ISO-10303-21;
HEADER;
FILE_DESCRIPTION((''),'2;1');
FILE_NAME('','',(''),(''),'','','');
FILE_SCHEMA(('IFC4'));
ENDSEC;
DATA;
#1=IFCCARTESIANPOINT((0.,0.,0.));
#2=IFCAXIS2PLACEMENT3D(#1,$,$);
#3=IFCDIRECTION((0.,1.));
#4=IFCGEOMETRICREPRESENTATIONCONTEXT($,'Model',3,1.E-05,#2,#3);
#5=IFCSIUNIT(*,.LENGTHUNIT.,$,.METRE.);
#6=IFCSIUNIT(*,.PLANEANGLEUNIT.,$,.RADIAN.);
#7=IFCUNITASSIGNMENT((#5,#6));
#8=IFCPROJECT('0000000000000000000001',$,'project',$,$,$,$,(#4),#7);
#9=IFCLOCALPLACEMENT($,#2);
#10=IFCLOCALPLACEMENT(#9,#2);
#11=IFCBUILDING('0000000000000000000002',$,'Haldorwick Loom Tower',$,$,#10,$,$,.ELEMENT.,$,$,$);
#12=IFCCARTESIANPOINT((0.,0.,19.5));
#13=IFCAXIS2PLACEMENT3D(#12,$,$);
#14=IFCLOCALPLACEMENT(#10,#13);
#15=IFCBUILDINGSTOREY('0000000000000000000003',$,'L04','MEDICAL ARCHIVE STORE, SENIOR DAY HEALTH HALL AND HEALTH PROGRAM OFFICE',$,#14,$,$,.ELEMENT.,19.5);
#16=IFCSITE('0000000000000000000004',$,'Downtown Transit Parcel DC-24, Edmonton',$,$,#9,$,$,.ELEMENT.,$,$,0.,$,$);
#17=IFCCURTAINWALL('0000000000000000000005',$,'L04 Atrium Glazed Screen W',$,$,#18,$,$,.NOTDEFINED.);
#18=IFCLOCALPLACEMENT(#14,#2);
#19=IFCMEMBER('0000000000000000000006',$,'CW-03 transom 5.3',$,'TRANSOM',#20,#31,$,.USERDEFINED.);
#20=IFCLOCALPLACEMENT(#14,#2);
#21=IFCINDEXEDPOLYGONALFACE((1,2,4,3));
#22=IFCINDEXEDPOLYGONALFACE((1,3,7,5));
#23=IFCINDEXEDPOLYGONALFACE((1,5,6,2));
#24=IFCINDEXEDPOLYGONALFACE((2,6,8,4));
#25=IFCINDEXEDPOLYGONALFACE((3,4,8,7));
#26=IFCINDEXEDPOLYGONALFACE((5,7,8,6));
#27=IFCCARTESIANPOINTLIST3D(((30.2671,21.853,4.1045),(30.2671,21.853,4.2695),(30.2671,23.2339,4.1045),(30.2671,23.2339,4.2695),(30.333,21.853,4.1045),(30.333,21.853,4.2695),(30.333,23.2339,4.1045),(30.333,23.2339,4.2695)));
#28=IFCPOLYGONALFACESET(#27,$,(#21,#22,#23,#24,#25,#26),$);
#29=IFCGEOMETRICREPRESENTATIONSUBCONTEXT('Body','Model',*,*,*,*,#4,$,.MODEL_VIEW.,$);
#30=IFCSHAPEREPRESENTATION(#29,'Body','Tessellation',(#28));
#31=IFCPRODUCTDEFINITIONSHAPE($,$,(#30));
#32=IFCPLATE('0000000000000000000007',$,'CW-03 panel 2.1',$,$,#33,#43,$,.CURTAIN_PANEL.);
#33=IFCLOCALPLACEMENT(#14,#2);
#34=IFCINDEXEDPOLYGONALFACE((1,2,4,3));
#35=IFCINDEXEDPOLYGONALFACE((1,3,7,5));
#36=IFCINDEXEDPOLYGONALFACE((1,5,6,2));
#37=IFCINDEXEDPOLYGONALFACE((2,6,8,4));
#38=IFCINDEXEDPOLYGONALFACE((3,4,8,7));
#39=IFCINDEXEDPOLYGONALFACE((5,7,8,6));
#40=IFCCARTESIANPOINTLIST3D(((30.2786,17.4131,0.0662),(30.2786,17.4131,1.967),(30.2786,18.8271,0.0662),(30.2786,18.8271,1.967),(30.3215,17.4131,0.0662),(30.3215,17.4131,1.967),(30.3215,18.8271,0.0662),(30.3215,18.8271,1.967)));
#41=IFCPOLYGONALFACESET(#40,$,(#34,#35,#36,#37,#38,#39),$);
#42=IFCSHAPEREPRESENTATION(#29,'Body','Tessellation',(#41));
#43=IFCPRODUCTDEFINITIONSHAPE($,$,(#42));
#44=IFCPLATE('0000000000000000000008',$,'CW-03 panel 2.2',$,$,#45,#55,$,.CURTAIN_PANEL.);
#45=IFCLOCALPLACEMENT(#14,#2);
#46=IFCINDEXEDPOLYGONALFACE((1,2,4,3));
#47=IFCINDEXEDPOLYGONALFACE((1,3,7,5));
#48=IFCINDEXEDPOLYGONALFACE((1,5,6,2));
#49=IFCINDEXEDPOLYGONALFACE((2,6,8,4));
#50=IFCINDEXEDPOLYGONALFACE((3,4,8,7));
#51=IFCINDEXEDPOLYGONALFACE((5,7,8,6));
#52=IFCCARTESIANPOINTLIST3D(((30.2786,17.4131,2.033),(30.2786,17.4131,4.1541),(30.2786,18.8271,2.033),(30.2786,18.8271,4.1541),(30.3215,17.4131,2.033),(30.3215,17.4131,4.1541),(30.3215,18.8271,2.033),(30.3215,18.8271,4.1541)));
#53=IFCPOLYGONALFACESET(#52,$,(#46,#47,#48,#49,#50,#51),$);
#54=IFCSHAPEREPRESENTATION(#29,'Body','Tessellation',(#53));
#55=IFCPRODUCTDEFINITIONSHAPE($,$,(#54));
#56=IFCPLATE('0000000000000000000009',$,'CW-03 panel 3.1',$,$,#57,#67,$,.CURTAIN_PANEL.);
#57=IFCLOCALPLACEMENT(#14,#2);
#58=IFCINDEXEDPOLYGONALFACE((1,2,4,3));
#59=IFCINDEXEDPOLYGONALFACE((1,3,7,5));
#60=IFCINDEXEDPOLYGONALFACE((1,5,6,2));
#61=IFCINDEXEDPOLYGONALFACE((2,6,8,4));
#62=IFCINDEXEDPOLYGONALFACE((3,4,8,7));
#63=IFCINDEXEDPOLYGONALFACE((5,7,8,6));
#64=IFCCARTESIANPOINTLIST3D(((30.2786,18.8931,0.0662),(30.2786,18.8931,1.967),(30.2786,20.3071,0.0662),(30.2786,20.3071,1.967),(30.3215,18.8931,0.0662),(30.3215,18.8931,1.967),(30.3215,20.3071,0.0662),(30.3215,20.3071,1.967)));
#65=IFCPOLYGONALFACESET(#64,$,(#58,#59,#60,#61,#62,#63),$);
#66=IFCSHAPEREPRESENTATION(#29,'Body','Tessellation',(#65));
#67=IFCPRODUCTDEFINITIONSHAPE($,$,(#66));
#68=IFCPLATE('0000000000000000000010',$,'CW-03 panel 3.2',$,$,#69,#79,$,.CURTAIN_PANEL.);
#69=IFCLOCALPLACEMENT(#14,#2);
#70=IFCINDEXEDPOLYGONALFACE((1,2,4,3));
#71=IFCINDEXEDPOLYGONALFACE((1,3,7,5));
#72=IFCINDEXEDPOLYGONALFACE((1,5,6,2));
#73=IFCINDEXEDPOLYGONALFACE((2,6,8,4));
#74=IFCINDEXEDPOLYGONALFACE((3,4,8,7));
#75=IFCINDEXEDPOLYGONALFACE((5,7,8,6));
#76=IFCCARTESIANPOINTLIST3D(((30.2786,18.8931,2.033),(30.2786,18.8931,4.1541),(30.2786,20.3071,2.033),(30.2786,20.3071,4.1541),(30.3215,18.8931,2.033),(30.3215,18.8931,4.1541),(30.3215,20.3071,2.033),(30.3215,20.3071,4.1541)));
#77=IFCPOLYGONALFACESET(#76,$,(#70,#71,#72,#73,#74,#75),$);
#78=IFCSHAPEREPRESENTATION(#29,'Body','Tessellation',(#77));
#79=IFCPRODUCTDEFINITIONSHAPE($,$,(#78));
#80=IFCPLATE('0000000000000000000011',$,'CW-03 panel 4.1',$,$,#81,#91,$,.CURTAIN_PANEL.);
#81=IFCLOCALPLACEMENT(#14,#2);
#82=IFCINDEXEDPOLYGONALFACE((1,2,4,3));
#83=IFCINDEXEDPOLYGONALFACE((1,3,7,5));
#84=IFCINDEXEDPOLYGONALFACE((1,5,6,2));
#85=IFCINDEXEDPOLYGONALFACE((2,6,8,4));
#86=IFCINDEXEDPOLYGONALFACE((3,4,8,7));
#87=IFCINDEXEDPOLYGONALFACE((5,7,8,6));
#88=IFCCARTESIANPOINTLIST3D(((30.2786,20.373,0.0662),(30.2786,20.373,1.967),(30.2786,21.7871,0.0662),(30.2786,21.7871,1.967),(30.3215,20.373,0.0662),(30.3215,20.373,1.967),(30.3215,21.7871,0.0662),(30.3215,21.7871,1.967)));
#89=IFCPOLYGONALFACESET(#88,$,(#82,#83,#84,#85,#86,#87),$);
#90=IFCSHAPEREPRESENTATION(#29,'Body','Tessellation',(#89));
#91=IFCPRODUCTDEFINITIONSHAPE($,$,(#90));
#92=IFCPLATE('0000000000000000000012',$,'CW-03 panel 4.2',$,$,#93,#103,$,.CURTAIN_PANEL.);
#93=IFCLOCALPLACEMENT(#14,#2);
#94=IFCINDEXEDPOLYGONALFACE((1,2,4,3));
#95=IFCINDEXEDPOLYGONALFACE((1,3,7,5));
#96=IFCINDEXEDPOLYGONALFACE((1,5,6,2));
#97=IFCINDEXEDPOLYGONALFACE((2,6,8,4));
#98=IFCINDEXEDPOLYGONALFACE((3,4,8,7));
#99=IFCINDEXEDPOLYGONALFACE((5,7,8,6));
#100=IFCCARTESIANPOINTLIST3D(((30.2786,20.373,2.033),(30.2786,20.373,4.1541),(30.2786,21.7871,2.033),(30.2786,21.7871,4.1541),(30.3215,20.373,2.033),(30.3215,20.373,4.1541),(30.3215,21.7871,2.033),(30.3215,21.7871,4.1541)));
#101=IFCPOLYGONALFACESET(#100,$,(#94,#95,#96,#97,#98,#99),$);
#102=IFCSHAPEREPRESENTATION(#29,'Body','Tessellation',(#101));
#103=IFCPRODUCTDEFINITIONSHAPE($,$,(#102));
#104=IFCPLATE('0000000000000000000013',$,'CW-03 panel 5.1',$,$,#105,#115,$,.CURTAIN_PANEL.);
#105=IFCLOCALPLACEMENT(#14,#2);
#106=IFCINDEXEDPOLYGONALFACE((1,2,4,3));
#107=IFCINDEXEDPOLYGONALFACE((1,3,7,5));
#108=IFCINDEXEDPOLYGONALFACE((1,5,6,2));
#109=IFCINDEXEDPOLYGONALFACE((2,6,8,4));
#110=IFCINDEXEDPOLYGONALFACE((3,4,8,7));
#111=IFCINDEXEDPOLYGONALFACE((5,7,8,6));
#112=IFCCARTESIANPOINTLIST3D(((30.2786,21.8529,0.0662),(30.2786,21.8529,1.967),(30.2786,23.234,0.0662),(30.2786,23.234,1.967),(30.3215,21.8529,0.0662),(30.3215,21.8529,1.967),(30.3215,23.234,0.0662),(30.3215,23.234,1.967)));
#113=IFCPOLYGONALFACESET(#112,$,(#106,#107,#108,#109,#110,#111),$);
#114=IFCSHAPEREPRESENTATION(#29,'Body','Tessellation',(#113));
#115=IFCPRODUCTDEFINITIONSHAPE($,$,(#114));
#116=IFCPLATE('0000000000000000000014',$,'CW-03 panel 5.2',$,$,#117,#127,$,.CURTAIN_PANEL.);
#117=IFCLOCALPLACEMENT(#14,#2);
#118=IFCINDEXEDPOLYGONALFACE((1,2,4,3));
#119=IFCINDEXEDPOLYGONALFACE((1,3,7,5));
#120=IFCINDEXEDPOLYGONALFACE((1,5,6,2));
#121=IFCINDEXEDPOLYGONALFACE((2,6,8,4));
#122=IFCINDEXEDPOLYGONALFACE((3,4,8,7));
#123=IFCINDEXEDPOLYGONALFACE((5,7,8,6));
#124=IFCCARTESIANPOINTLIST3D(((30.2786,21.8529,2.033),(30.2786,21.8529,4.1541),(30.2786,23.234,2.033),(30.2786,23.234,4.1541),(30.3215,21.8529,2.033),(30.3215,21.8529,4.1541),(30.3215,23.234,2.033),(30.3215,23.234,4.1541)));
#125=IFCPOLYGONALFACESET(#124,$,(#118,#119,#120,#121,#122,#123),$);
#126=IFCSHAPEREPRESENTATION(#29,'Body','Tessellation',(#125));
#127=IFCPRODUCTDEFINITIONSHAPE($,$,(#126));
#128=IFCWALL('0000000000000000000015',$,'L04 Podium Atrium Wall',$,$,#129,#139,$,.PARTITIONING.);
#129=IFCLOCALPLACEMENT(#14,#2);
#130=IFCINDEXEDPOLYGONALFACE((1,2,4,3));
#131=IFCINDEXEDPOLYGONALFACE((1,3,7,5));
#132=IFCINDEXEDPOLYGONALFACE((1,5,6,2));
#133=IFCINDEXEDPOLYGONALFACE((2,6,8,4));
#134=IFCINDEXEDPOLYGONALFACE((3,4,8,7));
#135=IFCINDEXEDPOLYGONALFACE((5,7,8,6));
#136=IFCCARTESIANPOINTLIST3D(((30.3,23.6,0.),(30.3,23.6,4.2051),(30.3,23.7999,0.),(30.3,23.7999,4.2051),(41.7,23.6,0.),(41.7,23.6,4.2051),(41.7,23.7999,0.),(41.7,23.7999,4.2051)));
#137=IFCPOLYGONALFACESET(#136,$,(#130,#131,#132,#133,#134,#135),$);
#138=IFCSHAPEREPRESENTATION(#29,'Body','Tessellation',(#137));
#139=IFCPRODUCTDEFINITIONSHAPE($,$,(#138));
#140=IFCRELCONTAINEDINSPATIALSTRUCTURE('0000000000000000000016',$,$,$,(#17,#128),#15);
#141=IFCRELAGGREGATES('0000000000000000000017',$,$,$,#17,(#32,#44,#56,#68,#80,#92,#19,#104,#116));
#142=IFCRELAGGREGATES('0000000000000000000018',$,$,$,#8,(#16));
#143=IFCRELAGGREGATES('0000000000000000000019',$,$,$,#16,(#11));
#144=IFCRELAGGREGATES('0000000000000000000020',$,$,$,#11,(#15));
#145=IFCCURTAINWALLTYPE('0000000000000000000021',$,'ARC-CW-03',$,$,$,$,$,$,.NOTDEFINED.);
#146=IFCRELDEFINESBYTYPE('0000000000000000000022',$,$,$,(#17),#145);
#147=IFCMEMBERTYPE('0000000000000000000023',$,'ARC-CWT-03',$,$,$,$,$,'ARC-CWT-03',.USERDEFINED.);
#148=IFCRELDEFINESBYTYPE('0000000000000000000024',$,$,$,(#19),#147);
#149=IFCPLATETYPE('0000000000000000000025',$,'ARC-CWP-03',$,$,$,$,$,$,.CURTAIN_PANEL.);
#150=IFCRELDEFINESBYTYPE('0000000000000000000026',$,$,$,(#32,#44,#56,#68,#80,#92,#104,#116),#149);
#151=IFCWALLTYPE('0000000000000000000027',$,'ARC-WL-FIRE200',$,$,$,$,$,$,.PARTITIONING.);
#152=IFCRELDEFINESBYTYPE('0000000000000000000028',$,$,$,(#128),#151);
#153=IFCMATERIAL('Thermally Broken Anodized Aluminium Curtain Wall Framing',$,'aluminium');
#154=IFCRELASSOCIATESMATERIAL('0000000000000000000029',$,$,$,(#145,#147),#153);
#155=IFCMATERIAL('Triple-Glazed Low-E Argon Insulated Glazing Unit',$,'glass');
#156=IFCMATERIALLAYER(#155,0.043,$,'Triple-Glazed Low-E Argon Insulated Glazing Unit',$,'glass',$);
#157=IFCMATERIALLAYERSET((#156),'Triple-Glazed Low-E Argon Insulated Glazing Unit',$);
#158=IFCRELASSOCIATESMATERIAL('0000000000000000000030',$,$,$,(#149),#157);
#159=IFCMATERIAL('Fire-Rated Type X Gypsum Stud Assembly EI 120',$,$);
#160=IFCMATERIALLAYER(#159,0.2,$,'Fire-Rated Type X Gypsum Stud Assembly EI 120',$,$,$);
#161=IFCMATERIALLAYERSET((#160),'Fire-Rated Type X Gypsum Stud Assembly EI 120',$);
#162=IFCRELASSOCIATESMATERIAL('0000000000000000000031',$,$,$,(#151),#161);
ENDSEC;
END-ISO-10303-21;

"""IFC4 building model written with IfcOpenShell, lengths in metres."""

from ifc_helpers import new_model, si_unit, direction, frame, frame_2d, origin, origin_2d, place, context, subcontext, project, spatial, rectangle, extrude, material, layer, layer_set, material_profile, profile_set, type_object, element, aggregate, save


model = new_model("IFC4")

# Units and contexts
model_context = context("Model", 3, precision=1e-05, world=origin(), true_north=direction((0.0, 1.0)))
body_context = subcontext(model_context, "Body", "Model", "MODEL_VIEW")
ifc_project = project(units=[si_unit("LENGTHUNIT", "METRE"), si_unit("PLANEANGLEUNIT", "RADIAN")], contexts=[model_context])

# Site, building, storey
site_placement = place(None, origin())
site = spatial("IfcSite", under=ifc_project, at=site_placement, Name="Downtown Transit Parcel DC-24, Edmonton", CompositionType="ELEMENT", RefElevation=0.0)
building_placement = place(site_placement, origin())
building = spatial("IfcBuilding", under=site, at=building_placement, Name="Haldorwick Loom Tower", CompositionType="ELEMENT")
storey_placement = place(building_placement, frame((0.0, 0.0, 19.5)))
storey = spatial("IfcBuildingStorey", under=building, at=storey_placement, Name="L04", Description="MEDICAL ARCHIVE STORE, SENIOR DAY HEALTH HALL AND HEALTH PROGRAM OFFICE", CompositionType="ELEMENT", Elevation=19.5)

# Curtain wall, member, plates
ifc_material_1 = material(Name="Thermally Broken Anodized Aluminium Curtain Wall Framing", Category="aluminium")
curtain_wall_type = type_object("IfcCurtainWallType", Name="ARC-CW-03", PredefinedType="NOTDEFINED", material=ifc_material_1)
curtain_wall_placement = place(storey_placement, origin())
curtain_wall = element("IfcCurtainWall", 1, at=curtain_wall_placement, inside=storey, type_object=curtain_wall_type, Name="L04 Atrium Glazed Screen W", PredefinedType="NOTDEFINED")
ifc_material_profile_1 = material_profile(ifc_material_1, rectangle(XDim=0.0659, YDim=0.165, at=origin_2d()), Name="ALU_TRN_66X165", Category="aluminium")
ifc_profile_set_1 = profile_set([ifc_material_profile_1], Name="Thermally Broken Anodized Aluminium Curtain Wall Framing")
member_type_1 = type_object("IfcMemberType", Name="ARC-CWT-03", ElementType="ARC-CWT-03", PredefinedType="USERDEFINED", material=ifc_profile_set_1)
member_1_placement = place(storey_placement, frame((30.3, 21.853, 4.187), z_axis=(0.0, 1.0, 0.0), x_axis=(-1.0, 0.0, 0.0)))
member_1 = element("IfcMember", 2, at=member_1_placement, type_object=member_type_1, Name="CW-03 transom 5.3", ObjectType="TRANSOM", PredefinedType="USERDEFINED", context=body_context, shape_type="SweptSolid", body=[
    extrude(rectangle(XDim=0.0659, YDim=0.165, at=origin_2d()), origin(), (0.0, 0.0, 1.0), 1.3809),
])
ifc_material_2 = material(Name="Triple-Glazed Low-E Argon Insulated Glazing Unit", Category="glass")
ifc_layer_1 = layer(ifc_material_2, 0.043, Name="Triple-Glazed Low-E Argon Insulated Glazing Unit", Category="glass")
ifc_layer_set_1 = layer_set([ifc_layer_1], Name="Triple-Glazed Low-E Argon Insulated Glazing Unit")
plate_type = type_object("IfcPlateType", Name="ARC-CWP-03", PredefinedType="CURTAIN_PANEL", material=ifc_layer_set_1)
plate_1_placement = place(storey_placement, frame((30.3, 18.1201, 0.0662), z_axis=(0.0, 0.0, 1.0), x_axis=(0.0, 1.0, 0.0)))
plate_1 = element("IfcPlate", 3, at=plate_1_placement, type_object=plate_type, Name="CW-03 panel 2.1", PredefinedType="CURTAIN_PANEL", context=body_context, shape_type="SweptSolid", body=[
    extrude(rectangle(XDim=1.4141, YDim=0.043, at=origin_2d()), origin(), (0.0, 0.0, 1.0), 1.9009),
])
plate_2_placement = place(storey_placement, frame((30.3, 18.1201, 2.033), z_axis=(0.0, 0.0, 1.0), x_axis=(0.0, 1.0, 0.0)))
plate_2 = element("IfcPlate", 4, at=plate_2_placement, type_object=plate_type, Name="CW-03 panel 2.2", PredefinedType="CURTAIN_PANEL", context=body_context, shape_type="SweptSolid", body=[
    extrude(rectangle(XDim=1.4141, YDim=0.043, at=origin_2d()), origin(), (0.0, 0.0, 1.0), 2.1211),
])
plate_3_placement = place(storey_placement, frame((30.3, 19.6001, 0.0662), z_axis=(0.0, 0.0, 1.0), x_axis=(0.0, 1.0, 0.0)))
plate_3 = element("IfcPlate", 5, at=plate_3_placement, type_object=plate_type, Name="CW-03 panel 3.1", PredefinedType="CURTAIN_PANEL", context=body_context, shape_type="SweptSolid", body=[
    extrude(rectangle(XDim=1.4141, YDim=0.043, at=origin_2d()), origin(), (0.0, 0.0, 1.0), 1.9009),
])
plate_4_placement = place(storey_placement, frame((30.3, 19.6001, 2.033), z_axis=(0.0, 0.0, 1.0), x_axis=(0.0, 1.0, 0.0)))
plate_4 = element("IfcPlate", 6, at=plate_4_placement, type_object=plate_type, Name="CW-03 panel 3.2", PredefinedType="CURTAIN_PANEL", context=body_context, shape_type="SweptSolid", body=[
    extrude(rectangle(XDim=1.4141, YDim=0.043, at=origin_2d()), origin(), (0.0, 0.0, 1.0), 2.1211),
])
plate_5_placement = place(storey_placement, frame((30.3, 21.0801, 0.0662), z_axis=(0.0, 0.0, 1.0), x_axis=(0.0, 1.0, 0.0)))
plate_5 = element("IfcPlate", 7, at=plate_5_placement, type_object=plate_type, Name="CW-03 panel 4.1", PredefinedType="CURTAIN_PANEL", context=body_context, shape_type="SweptSolid", body=[
    extrude(rectangle(XDim=1.4141, YDim=0.043, at=origin_2d()), origin(), (0.0, 0.0, 1.0), 1.9009),
])
plate_6_placement = place(storey_placement, frame((30.3, 21.0801, 2.033), z_axis=(0.0, 0.0, 1.0), x_axis=(0.0, 1.0, 0.0)))
plate_6 = element("IfcPlate", 8, at=plate_6_placement, type_object=plate_type, Name="CW-03 panel 4.2", PredefinedType="CURTAIN_PANEL", context=body_context, shape_type="SweptSolid", body=[
    extrude(rectangle(XDim=1.4141, YDim=0.043, at=origin_2d()), origin(), (0.0, 0.0, 1.0), 2.1211),
])
plate_7_placement = place(storey_placement, frame((30.3, 22.5435, 0.0662), z_axis=(0.0, 0.0, 1.0), x_axis=(0.0, 1.0, 0.0)))
plate_7 = element("IfcPlate", 9, at=plate_7_placement, type_object=plate_type, Name="CW-03 panel 5.1", PredefinedType="CURTAIN_PANEL", context=body_context, shape_type="SweptSolid", body=[
    extrude(rectangle(XDim=1.3811, YDim=0.043, at=origin_2d()), origin(), (0.0, 0.0, 1.0), 1.9009),
])
plate_8_placement = place(storey_placement, frame((30.3, 22.5435, 2.033), z_axis=(0.0, 0.0, 1.0), x_axis=(0.0, 1.0, 0.0)))
plate_8 = element("IfcPlate", 10, at=plate_8_placement, type_object=plate_type, Name="CW-03 panel 5.2", PredefinedType="CURTAIN_PANEL", context=body_context, shape_type="SweptSolid", body=[
    extrude(rectangle(XDim=1.3811, YDim=0.043, at=origin_2d()), origin(), (0.0, 0.0, 1.0), 2.1211),
])
aggregate(curtain_wall, [plate_1, plate_2, plate_3, plate_4, plate_5, plate_6, member_1, plate_7, plate_8])

# Wall
ifc_material_3 = material(Name="Fire-Rated Type X Gypsum Stud Assembly EI 120")
ifc_layer_2 = layer(ifc_material_3, 0.2, Name="Fire-Rated Type X Gypsum Stud Assembly EI 120")
ifc_layer_set_2 = layer_set([ifc_layer_2], Name="Fire-Rated Type X Gypsum Stud Assembly EI 120")
wall_type = type_object("IfcWallType", Name="ARC-WL-FIRE200", PredefinedType="PARTITIONING", material=ifc_layer_set_2)
wall_placement = place(storey_placement, frame((30.3, 23.7, 0.0), z_axis=(0.0, 0.0, 1.0), x_axis=(1.0, 0.0, 0.0)))
element("IfcWall", 11, at=wall_placement, inside=storey, type_object=wall_type, Name="L04 Podium Atrium Wall", PredefinedType="PARTITIONING", context=body_context, shape_type="SweptSolid", body=[
    extrude(rectangle(XDim=11.3999, YDim=0.2, at=frame_2d((5.7, 0.0))), origin(), (0.0, 0.0, 1.0), 4.2051),
])

save(model, "model.ifc")
